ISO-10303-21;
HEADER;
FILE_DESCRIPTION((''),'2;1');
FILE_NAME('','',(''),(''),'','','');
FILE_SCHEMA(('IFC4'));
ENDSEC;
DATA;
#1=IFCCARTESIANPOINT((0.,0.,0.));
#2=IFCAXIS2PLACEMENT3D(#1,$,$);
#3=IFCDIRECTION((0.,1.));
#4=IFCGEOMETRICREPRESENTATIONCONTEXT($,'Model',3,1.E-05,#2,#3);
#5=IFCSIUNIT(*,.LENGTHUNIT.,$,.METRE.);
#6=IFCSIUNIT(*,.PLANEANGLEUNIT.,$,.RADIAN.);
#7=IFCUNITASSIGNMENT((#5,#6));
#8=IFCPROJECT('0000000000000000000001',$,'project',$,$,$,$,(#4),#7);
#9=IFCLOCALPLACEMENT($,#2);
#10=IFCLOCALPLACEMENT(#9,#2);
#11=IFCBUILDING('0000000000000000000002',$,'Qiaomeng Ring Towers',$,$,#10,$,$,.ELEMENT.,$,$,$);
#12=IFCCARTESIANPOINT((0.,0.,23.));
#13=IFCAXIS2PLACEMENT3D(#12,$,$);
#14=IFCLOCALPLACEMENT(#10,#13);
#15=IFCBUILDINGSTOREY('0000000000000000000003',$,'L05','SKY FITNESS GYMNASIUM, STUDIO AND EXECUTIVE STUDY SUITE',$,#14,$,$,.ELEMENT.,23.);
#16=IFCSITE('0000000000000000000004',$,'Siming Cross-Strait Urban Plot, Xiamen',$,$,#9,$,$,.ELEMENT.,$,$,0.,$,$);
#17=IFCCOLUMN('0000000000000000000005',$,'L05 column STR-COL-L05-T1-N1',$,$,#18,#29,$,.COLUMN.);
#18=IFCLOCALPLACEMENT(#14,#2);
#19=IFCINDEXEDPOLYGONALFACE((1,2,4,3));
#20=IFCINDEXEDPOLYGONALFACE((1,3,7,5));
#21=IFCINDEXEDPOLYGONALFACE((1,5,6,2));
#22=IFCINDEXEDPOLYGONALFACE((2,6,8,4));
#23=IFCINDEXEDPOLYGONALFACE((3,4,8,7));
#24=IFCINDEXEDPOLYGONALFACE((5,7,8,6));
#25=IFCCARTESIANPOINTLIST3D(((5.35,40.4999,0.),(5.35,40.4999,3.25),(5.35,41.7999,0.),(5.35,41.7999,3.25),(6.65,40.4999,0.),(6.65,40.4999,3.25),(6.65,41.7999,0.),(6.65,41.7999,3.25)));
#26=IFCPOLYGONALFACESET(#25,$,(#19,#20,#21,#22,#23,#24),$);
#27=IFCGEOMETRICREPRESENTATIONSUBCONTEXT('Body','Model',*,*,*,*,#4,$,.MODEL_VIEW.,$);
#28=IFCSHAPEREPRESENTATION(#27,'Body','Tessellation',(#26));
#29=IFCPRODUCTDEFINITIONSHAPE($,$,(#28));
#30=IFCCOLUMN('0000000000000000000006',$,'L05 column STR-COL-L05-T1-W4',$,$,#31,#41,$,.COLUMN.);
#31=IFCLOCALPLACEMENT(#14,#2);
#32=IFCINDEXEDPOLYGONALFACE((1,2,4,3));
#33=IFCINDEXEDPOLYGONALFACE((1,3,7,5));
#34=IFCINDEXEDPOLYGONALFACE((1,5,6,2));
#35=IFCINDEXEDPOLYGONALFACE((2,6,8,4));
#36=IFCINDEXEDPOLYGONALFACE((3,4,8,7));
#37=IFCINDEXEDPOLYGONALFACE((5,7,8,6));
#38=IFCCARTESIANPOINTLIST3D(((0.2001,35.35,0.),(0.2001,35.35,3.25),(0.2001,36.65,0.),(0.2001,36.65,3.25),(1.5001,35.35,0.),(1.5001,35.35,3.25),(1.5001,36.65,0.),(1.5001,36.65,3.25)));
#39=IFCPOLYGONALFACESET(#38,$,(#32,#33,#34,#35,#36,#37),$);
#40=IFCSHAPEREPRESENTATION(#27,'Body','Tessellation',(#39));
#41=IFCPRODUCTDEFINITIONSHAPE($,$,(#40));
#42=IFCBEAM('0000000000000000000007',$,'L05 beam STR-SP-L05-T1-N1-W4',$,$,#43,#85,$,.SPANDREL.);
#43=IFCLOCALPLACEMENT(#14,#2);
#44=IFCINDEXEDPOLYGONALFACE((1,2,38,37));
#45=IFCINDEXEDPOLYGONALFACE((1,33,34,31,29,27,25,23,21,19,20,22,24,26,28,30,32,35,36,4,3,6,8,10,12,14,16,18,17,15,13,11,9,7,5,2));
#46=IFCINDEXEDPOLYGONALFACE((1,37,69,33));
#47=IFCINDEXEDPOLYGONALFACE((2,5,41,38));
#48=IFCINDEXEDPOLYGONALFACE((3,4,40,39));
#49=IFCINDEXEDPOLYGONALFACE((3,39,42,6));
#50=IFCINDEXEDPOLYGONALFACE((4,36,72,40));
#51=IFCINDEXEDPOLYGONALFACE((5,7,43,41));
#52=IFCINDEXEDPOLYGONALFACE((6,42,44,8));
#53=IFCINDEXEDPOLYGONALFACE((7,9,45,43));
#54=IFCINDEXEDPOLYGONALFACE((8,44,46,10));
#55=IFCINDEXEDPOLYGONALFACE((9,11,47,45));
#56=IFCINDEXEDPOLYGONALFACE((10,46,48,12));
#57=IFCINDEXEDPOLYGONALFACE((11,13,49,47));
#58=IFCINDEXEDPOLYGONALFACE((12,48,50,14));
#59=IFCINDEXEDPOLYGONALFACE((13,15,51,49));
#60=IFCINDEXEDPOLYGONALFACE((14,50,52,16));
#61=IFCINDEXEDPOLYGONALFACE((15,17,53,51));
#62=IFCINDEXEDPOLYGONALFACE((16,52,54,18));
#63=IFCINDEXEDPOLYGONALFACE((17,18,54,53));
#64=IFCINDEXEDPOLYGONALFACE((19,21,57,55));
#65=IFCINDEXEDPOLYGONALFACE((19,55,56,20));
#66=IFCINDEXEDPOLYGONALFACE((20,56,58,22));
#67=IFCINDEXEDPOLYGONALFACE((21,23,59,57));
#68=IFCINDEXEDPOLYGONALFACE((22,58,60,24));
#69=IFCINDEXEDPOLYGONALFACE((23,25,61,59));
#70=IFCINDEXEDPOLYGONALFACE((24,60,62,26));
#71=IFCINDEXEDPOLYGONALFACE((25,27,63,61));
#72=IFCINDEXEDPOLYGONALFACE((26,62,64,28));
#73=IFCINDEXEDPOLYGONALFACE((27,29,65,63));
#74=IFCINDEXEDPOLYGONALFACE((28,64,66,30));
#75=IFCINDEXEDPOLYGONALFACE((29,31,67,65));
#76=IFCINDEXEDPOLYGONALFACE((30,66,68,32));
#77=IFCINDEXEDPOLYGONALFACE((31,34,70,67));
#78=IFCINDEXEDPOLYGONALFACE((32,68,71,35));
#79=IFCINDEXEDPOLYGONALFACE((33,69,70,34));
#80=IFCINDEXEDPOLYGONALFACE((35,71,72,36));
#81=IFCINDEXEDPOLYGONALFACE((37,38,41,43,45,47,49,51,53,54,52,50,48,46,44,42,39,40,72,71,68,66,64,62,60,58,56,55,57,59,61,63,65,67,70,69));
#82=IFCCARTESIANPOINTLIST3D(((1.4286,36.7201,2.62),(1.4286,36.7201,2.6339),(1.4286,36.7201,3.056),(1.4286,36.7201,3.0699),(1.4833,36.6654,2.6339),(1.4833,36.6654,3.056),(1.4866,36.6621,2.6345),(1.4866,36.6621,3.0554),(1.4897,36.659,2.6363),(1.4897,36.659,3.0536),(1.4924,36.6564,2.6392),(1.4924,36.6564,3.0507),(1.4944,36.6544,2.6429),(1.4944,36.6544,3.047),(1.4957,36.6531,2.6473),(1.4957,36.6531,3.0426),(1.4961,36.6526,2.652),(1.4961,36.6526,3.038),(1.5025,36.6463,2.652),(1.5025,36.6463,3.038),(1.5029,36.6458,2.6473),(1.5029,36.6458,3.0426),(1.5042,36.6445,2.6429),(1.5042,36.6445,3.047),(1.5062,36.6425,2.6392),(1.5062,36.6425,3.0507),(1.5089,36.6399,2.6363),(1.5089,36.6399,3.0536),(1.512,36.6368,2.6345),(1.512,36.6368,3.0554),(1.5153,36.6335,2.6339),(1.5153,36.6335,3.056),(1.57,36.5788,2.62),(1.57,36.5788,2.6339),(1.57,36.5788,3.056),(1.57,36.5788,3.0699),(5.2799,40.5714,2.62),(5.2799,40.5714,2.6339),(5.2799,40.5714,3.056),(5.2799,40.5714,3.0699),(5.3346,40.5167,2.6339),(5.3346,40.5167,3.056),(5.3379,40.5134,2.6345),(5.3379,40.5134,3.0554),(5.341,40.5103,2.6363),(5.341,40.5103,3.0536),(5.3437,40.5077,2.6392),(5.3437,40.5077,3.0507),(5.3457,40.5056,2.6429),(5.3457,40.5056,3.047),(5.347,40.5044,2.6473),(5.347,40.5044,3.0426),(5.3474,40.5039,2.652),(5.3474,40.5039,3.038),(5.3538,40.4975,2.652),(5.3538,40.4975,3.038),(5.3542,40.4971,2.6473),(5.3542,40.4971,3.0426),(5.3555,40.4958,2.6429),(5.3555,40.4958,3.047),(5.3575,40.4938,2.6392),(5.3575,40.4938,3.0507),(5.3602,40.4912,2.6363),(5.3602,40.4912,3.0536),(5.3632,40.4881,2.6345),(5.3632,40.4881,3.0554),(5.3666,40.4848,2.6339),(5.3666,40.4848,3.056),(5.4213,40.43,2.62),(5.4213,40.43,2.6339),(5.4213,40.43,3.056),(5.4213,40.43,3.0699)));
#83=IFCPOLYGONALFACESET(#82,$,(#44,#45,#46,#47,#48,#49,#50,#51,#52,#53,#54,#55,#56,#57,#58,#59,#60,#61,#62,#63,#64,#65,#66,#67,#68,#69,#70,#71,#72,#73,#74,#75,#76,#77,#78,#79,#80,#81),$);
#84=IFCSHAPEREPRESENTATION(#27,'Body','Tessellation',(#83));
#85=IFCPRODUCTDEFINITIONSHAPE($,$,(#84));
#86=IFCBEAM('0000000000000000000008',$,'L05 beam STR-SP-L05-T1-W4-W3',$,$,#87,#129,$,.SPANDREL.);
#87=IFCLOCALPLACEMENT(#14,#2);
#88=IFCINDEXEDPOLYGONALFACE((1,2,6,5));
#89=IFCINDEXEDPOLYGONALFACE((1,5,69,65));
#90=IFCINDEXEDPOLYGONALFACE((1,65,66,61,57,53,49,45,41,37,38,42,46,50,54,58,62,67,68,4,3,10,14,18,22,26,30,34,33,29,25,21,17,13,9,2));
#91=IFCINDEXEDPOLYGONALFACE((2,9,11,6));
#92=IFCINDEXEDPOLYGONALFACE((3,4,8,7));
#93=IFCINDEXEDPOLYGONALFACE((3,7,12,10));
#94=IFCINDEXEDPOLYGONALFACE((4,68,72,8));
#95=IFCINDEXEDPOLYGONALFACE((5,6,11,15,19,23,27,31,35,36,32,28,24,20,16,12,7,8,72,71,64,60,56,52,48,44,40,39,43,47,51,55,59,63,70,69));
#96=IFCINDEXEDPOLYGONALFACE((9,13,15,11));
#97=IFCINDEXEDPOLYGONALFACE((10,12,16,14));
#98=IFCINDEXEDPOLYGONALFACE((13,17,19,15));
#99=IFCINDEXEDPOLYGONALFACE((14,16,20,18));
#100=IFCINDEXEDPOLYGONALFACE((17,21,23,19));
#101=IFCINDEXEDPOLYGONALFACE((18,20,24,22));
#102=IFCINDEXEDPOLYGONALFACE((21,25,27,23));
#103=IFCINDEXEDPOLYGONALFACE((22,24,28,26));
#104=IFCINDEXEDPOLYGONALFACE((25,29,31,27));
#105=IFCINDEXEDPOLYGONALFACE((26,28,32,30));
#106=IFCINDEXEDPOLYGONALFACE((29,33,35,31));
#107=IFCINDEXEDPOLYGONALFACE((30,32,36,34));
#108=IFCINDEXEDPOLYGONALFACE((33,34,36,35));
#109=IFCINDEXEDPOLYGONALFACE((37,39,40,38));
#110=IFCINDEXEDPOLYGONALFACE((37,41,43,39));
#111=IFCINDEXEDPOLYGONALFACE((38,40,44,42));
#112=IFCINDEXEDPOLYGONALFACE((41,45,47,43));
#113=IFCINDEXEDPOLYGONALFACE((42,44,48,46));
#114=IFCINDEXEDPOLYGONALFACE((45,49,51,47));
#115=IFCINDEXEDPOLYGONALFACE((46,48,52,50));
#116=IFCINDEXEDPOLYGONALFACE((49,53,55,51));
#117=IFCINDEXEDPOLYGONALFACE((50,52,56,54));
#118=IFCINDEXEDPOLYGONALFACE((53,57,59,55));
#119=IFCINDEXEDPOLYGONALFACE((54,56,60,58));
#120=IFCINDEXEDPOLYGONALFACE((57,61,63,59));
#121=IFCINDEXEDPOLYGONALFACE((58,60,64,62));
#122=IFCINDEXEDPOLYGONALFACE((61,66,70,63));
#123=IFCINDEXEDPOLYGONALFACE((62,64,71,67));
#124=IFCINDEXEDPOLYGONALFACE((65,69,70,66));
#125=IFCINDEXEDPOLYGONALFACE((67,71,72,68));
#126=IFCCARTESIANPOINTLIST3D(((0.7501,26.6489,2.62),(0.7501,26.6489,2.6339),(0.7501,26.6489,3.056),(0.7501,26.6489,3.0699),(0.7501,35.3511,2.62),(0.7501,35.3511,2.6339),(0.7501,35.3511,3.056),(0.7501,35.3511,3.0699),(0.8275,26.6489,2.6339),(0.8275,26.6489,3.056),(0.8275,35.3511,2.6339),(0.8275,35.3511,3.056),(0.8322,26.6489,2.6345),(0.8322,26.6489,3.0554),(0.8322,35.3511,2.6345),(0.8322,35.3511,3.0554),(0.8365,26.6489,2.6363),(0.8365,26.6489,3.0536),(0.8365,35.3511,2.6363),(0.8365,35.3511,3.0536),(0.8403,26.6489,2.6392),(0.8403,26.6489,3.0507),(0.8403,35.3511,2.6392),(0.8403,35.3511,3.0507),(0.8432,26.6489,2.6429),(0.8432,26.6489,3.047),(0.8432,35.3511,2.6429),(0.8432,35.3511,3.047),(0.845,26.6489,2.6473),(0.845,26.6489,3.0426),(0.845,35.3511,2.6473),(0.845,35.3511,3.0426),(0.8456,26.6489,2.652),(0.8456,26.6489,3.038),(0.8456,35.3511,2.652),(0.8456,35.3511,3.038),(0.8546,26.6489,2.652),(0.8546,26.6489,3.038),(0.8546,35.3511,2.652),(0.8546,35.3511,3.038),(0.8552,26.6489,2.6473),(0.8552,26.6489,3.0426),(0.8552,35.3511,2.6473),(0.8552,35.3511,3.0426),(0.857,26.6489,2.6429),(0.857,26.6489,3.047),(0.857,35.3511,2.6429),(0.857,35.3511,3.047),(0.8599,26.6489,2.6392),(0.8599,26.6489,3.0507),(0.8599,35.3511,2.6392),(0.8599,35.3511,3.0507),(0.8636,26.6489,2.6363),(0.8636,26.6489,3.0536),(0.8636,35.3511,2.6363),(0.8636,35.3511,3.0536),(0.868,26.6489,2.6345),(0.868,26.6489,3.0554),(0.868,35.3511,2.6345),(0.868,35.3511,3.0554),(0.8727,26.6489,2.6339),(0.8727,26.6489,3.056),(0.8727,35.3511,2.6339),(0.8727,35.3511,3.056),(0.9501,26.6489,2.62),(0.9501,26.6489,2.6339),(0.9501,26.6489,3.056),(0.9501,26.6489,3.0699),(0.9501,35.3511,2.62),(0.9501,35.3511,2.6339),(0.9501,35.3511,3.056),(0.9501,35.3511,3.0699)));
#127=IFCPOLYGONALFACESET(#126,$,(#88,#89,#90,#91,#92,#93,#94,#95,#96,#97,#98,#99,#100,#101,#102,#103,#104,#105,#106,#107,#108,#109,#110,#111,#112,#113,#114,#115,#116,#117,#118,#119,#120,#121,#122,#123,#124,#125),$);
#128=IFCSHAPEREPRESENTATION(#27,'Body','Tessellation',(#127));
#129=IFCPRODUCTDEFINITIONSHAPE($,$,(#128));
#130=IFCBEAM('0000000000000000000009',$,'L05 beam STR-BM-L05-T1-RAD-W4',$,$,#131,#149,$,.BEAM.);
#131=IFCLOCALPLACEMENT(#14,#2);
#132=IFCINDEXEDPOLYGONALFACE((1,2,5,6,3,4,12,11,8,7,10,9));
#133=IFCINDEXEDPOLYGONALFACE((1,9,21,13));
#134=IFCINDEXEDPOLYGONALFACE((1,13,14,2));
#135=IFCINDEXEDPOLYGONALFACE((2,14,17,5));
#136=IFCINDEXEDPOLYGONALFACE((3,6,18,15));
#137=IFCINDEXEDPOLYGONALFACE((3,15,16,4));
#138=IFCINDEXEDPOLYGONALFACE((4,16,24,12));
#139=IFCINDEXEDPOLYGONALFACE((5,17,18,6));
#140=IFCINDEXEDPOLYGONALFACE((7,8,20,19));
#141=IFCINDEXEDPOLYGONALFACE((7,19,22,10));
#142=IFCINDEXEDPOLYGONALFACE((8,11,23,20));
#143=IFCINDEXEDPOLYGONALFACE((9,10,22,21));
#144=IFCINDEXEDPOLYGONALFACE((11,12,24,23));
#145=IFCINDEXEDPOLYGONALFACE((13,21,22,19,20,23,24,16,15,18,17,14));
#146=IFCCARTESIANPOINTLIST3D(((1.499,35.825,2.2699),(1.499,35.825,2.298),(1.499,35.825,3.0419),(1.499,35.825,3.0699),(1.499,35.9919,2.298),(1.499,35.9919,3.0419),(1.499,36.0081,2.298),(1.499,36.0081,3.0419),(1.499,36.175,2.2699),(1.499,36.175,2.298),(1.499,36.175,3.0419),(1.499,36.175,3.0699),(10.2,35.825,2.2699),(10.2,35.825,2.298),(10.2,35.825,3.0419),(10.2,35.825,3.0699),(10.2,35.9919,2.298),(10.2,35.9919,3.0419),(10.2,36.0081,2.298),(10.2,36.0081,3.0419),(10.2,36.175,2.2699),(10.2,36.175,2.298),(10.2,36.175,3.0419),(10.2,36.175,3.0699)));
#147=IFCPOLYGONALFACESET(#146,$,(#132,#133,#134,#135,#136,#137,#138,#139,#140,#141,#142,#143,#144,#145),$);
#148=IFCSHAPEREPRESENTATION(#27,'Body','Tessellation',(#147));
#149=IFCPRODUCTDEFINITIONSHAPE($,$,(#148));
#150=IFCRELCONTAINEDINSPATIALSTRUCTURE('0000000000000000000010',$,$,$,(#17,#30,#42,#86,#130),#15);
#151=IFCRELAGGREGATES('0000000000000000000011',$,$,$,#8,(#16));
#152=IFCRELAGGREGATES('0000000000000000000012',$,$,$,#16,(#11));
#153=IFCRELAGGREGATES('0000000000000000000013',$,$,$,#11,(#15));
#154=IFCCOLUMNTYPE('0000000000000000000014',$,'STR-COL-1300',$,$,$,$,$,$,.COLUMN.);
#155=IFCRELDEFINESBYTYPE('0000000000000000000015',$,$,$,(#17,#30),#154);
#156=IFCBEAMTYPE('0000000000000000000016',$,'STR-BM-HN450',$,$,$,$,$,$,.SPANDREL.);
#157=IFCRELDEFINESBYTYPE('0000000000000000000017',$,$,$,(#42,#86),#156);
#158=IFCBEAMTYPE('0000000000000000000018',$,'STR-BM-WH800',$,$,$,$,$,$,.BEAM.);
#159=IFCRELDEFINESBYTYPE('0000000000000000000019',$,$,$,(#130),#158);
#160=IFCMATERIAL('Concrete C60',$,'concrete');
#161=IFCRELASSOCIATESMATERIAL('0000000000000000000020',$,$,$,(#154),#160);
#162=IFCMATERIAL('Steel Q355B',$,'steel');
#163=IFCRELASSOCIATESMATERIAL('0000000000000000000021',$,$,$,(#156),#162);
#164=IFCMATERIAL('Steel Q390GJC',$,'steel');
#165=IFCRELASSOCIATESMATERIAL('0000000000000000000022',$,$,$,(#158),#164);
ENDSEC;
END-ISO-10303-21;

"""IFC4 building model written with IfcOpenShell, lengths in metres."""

from ifc_helpers import new_model, si_unit, direction, frame, origin, origin_2d, place, context, subcontext, project, spatial, rectangle, i_section, extrude, source, transform, mapped, material, material_profile, profile_set, type_object, element, save


model = new_model("IFC4")

# Units and contexts
model_context = context("Model", 3, precision=1e-05, world=origin(), true_north=direction((0.0, 1.0)))
body_context = subcontext(model_context, "Body", "Model", "MODEL_VIEW")
ifc_project = project(units=[si_unit("LENGTHUNIT", "METRE"), si_unit("PLANEANGLEUNIT", "RADIAN")], contexts=[model_context])

# Site, building, storey
site_placement = place(None, origin())
site = spatial("IfcSite", under=ifc_project, at=site_placement, Name="Siming Cross-Strait Urban Plot, Xiamen", CompositionType="ELEMENT", RefElevation=0.0)
building_placement = place(site_placement, origin())
building = spatial("IfcBuilding", under=site, at=building_placement, Name="Qiaomeng Ring Towers", CompositionType="ELEMENT")
storey_placement = place(building_placement, frame((0.0, 0.0, 23.0)))
storey = spatial("IfcBuildingStorey", under=building, at=storey_placement, Name="L05", Description="SKY FITNESS GYMNASIUM, STUDIO AND EXECUTIVE STUDY SUITE", CompositionType="ELEMENT", Elevation=23.0)

# Columns
ifc_material_1 = material(Name="Concrete C60", Category="concrete")
ifc_material_profile_1 = material_profile(ifc_material_1, rectangle(XDim=1.3, YDim=1.3, at=origin_2d()), Name="RC COL 1300x1300")
ifc_profile_set_1 = profile_set([ifc_material_profile_1], Name="Concrete C60")
column_type = type_object("IfcColumnType", Name="STR-COL-1300", PredefinedType="COLUMN", material=ifc_profile_set_1)
shared_shape_1 = source(origin(), body_context, "Body", "SweptSolid", [
    extrude(rectangle(XDim=1.3, YDim=1.3, at=origin_2d()), origin(), (0.0, 0.0, 1.0), 3.25),
])
for number, where, z_axis, x_axis, name in (
    (1, (6.0, 41.1499, 0.0), (0.0, 0.0, 1.0), (1.0, 0.0, 0.0), "L05 column STR-COL-L05-T1-N1"),
    (2, (0.8501, 36.0, 0.0), (0.0, 0.0, 1.0), (1.0, 0.0, 0.0), "L05 column STR-COL-L05-T1-W4"),
):
    element("IfcColumn", number, at=place(storey_placement, frame(where, z_axis=z_axis, x_axis=x_axis)), inside=storey, type_object=column_type, Name=name, PredefinedType="COLUMN", context=body_context, shape_type="MappedRepresentation", body=[
        mapped(shared_shape_1, transform((0.0, 0.0, 0.0), x_axis=(1.0, 0.0, 0.0), y_axis=(0.0, 1.0, 0.0), z_axis=(0.0, 0.0, 1.0), scale=1.0)),
    ])

# Beams
ifc_material_2 = material(Name="Steel Q355B", Category="steel")
ifc_material_profile_2 = material_profile(ifc_material_2, i_section(OverallWidth=0.2, OverallDepth=0.45, WebThickness=0.009, FlangeThickness=0.0139, FilletRadius=0.0181, at=origin_2d()), Name="HN 450x200x9x14")
ifc_profile_set_2 = profile_set([ifc_material_profile_2], Name="Steel Q355B")
beam_type_1 = type_object("IfcBeamType", Name="STR-BM-HN450", PredefinedType="SPANDREL", material=ifc_profile_set_2)
shared_shape_2 = source(origin(), body_context, "Body", "SweptSolid", [
    extrude(i_section(OverallWidth=0.2, OverallDepth=0.45, WebThickness=0.009, FlangeThickness=0.0139, FilletRadius=0.0181, at=origin_2d()), origin(), (0.0, 0.0, 1.0), 5.4465),
])
beam_1_placement = place(storey_placement, frame((5.3506, 40.5007, 2.845), z_axis=(-0.707107, -0.707107, 0.0), x_axis=(0.707107, -0.707107, 0.0)))
element("IfcBeam", 3, at=beam_1_placement, inside=storey, type_object=beam_type_1, Name="L05 beam STR-SP-L05-T1-N1-W4", PredefinedType="SPANDREL", context=body_context, shape_type="MappedRepresentation", body=[
    mapped(shared_shape_2, transform((0.0, 0.0, 0.0), x_axis=(1.0, 0.0, 0.0), y_axis=(0.0, 1.0, 0.0), z_axis=(0.0, 0.0, 1.0), scale=1.0)),
])
shared_shape_3 = source(origin(), body_context, "Body", "SweptSolid", [
    extrude(i_section(OverallWidth=0.2, OverallDepth=0.45, WebThickness=0.009, FlangeThickness=0.0139, FilletRadius=0.0181, at=origin_2d()), origin(), (0.0, 0.0, 1.0), 8.7021),
])
beam_2_placement = place(storey_placement, frame((0.8501, 35.3511, 2.845), z_axis=(0.0, -1.0, 0.0), x_axis=(1.0, 0.0, 0.0)))
element("IfcBeam", 4, at=beam_2_placement, inside=storey, type_object=beam_type_1, Name="L05 beam STR-SP-L05-T1-W4-W3", PredefinedType="SPANDREL", context=body_context, shape_type="MappedRepresentation", body=[
    mapped(shared_shape_3, transform((0.0, 0.0, 0.0), x_axis=(1.0, 0.0, 0.0), y_axis=(0.0, 1.0, 0.0), z_axis=(0.0, 0.0, 1.0), scale=1.0)),
])
ifc_material_3 = material(Name="Steel Q390GJC", Category="steel")
ifc_material_profile_3 = material_profile(ifc_material_3, i_section(OverallWidth=0.3501, OverallDepth=0.8, WebThickness=0.0161, FlangeThickness=0.0281, at=origin_2d()), Name="WH 800x350x16x28")
ifc_profile_set_3 = profile_set([ifc_material_profile_3], Name="Steel Q390GJC")
beam_type_2 = type_object("IfcBeamType", Name="STR-BM-WH800", PredefinedType="BEAM", material=ifc_profile_set_3)
shared_shape_4 = source(origin(), body_context, "Body", "SweptSolid", [
    extrude(i_section(OverallWidth=0.3501, OverallDepth=0.8, WebThickness=0.0161, FlangeThickness=0.0281, at=origin_2d()), origin(), (0.0, 0.0, 1.0), 8.7009),
])
beam_3_placement = place(storey_placement, frame((1.499, 36.0, 2.6699), z_axis=(1.0, 0.0, 0.0), x_axis=(0.0, 1.0, 0.0)))
element("IfcBeam", 5, at=beam_3_placement, inside=storey, type_object=beam_type_2, Name="L05 beam STR-BM-L05-T1-RAD-W4", PredefinedType="BEAM", context=body_context, shape_type="MappedRepresentation", body=[
    mapped(shared_shape_4, transform((0.0, 0.0, 0.0), x_axis=(1.0, 0.0, 0.0), y_axis=(0.0, 1.0, 0.0), z_axis=(0.0, 0.0, 1.0), scale=1.0)),
])

save(model, "model.ifc")
